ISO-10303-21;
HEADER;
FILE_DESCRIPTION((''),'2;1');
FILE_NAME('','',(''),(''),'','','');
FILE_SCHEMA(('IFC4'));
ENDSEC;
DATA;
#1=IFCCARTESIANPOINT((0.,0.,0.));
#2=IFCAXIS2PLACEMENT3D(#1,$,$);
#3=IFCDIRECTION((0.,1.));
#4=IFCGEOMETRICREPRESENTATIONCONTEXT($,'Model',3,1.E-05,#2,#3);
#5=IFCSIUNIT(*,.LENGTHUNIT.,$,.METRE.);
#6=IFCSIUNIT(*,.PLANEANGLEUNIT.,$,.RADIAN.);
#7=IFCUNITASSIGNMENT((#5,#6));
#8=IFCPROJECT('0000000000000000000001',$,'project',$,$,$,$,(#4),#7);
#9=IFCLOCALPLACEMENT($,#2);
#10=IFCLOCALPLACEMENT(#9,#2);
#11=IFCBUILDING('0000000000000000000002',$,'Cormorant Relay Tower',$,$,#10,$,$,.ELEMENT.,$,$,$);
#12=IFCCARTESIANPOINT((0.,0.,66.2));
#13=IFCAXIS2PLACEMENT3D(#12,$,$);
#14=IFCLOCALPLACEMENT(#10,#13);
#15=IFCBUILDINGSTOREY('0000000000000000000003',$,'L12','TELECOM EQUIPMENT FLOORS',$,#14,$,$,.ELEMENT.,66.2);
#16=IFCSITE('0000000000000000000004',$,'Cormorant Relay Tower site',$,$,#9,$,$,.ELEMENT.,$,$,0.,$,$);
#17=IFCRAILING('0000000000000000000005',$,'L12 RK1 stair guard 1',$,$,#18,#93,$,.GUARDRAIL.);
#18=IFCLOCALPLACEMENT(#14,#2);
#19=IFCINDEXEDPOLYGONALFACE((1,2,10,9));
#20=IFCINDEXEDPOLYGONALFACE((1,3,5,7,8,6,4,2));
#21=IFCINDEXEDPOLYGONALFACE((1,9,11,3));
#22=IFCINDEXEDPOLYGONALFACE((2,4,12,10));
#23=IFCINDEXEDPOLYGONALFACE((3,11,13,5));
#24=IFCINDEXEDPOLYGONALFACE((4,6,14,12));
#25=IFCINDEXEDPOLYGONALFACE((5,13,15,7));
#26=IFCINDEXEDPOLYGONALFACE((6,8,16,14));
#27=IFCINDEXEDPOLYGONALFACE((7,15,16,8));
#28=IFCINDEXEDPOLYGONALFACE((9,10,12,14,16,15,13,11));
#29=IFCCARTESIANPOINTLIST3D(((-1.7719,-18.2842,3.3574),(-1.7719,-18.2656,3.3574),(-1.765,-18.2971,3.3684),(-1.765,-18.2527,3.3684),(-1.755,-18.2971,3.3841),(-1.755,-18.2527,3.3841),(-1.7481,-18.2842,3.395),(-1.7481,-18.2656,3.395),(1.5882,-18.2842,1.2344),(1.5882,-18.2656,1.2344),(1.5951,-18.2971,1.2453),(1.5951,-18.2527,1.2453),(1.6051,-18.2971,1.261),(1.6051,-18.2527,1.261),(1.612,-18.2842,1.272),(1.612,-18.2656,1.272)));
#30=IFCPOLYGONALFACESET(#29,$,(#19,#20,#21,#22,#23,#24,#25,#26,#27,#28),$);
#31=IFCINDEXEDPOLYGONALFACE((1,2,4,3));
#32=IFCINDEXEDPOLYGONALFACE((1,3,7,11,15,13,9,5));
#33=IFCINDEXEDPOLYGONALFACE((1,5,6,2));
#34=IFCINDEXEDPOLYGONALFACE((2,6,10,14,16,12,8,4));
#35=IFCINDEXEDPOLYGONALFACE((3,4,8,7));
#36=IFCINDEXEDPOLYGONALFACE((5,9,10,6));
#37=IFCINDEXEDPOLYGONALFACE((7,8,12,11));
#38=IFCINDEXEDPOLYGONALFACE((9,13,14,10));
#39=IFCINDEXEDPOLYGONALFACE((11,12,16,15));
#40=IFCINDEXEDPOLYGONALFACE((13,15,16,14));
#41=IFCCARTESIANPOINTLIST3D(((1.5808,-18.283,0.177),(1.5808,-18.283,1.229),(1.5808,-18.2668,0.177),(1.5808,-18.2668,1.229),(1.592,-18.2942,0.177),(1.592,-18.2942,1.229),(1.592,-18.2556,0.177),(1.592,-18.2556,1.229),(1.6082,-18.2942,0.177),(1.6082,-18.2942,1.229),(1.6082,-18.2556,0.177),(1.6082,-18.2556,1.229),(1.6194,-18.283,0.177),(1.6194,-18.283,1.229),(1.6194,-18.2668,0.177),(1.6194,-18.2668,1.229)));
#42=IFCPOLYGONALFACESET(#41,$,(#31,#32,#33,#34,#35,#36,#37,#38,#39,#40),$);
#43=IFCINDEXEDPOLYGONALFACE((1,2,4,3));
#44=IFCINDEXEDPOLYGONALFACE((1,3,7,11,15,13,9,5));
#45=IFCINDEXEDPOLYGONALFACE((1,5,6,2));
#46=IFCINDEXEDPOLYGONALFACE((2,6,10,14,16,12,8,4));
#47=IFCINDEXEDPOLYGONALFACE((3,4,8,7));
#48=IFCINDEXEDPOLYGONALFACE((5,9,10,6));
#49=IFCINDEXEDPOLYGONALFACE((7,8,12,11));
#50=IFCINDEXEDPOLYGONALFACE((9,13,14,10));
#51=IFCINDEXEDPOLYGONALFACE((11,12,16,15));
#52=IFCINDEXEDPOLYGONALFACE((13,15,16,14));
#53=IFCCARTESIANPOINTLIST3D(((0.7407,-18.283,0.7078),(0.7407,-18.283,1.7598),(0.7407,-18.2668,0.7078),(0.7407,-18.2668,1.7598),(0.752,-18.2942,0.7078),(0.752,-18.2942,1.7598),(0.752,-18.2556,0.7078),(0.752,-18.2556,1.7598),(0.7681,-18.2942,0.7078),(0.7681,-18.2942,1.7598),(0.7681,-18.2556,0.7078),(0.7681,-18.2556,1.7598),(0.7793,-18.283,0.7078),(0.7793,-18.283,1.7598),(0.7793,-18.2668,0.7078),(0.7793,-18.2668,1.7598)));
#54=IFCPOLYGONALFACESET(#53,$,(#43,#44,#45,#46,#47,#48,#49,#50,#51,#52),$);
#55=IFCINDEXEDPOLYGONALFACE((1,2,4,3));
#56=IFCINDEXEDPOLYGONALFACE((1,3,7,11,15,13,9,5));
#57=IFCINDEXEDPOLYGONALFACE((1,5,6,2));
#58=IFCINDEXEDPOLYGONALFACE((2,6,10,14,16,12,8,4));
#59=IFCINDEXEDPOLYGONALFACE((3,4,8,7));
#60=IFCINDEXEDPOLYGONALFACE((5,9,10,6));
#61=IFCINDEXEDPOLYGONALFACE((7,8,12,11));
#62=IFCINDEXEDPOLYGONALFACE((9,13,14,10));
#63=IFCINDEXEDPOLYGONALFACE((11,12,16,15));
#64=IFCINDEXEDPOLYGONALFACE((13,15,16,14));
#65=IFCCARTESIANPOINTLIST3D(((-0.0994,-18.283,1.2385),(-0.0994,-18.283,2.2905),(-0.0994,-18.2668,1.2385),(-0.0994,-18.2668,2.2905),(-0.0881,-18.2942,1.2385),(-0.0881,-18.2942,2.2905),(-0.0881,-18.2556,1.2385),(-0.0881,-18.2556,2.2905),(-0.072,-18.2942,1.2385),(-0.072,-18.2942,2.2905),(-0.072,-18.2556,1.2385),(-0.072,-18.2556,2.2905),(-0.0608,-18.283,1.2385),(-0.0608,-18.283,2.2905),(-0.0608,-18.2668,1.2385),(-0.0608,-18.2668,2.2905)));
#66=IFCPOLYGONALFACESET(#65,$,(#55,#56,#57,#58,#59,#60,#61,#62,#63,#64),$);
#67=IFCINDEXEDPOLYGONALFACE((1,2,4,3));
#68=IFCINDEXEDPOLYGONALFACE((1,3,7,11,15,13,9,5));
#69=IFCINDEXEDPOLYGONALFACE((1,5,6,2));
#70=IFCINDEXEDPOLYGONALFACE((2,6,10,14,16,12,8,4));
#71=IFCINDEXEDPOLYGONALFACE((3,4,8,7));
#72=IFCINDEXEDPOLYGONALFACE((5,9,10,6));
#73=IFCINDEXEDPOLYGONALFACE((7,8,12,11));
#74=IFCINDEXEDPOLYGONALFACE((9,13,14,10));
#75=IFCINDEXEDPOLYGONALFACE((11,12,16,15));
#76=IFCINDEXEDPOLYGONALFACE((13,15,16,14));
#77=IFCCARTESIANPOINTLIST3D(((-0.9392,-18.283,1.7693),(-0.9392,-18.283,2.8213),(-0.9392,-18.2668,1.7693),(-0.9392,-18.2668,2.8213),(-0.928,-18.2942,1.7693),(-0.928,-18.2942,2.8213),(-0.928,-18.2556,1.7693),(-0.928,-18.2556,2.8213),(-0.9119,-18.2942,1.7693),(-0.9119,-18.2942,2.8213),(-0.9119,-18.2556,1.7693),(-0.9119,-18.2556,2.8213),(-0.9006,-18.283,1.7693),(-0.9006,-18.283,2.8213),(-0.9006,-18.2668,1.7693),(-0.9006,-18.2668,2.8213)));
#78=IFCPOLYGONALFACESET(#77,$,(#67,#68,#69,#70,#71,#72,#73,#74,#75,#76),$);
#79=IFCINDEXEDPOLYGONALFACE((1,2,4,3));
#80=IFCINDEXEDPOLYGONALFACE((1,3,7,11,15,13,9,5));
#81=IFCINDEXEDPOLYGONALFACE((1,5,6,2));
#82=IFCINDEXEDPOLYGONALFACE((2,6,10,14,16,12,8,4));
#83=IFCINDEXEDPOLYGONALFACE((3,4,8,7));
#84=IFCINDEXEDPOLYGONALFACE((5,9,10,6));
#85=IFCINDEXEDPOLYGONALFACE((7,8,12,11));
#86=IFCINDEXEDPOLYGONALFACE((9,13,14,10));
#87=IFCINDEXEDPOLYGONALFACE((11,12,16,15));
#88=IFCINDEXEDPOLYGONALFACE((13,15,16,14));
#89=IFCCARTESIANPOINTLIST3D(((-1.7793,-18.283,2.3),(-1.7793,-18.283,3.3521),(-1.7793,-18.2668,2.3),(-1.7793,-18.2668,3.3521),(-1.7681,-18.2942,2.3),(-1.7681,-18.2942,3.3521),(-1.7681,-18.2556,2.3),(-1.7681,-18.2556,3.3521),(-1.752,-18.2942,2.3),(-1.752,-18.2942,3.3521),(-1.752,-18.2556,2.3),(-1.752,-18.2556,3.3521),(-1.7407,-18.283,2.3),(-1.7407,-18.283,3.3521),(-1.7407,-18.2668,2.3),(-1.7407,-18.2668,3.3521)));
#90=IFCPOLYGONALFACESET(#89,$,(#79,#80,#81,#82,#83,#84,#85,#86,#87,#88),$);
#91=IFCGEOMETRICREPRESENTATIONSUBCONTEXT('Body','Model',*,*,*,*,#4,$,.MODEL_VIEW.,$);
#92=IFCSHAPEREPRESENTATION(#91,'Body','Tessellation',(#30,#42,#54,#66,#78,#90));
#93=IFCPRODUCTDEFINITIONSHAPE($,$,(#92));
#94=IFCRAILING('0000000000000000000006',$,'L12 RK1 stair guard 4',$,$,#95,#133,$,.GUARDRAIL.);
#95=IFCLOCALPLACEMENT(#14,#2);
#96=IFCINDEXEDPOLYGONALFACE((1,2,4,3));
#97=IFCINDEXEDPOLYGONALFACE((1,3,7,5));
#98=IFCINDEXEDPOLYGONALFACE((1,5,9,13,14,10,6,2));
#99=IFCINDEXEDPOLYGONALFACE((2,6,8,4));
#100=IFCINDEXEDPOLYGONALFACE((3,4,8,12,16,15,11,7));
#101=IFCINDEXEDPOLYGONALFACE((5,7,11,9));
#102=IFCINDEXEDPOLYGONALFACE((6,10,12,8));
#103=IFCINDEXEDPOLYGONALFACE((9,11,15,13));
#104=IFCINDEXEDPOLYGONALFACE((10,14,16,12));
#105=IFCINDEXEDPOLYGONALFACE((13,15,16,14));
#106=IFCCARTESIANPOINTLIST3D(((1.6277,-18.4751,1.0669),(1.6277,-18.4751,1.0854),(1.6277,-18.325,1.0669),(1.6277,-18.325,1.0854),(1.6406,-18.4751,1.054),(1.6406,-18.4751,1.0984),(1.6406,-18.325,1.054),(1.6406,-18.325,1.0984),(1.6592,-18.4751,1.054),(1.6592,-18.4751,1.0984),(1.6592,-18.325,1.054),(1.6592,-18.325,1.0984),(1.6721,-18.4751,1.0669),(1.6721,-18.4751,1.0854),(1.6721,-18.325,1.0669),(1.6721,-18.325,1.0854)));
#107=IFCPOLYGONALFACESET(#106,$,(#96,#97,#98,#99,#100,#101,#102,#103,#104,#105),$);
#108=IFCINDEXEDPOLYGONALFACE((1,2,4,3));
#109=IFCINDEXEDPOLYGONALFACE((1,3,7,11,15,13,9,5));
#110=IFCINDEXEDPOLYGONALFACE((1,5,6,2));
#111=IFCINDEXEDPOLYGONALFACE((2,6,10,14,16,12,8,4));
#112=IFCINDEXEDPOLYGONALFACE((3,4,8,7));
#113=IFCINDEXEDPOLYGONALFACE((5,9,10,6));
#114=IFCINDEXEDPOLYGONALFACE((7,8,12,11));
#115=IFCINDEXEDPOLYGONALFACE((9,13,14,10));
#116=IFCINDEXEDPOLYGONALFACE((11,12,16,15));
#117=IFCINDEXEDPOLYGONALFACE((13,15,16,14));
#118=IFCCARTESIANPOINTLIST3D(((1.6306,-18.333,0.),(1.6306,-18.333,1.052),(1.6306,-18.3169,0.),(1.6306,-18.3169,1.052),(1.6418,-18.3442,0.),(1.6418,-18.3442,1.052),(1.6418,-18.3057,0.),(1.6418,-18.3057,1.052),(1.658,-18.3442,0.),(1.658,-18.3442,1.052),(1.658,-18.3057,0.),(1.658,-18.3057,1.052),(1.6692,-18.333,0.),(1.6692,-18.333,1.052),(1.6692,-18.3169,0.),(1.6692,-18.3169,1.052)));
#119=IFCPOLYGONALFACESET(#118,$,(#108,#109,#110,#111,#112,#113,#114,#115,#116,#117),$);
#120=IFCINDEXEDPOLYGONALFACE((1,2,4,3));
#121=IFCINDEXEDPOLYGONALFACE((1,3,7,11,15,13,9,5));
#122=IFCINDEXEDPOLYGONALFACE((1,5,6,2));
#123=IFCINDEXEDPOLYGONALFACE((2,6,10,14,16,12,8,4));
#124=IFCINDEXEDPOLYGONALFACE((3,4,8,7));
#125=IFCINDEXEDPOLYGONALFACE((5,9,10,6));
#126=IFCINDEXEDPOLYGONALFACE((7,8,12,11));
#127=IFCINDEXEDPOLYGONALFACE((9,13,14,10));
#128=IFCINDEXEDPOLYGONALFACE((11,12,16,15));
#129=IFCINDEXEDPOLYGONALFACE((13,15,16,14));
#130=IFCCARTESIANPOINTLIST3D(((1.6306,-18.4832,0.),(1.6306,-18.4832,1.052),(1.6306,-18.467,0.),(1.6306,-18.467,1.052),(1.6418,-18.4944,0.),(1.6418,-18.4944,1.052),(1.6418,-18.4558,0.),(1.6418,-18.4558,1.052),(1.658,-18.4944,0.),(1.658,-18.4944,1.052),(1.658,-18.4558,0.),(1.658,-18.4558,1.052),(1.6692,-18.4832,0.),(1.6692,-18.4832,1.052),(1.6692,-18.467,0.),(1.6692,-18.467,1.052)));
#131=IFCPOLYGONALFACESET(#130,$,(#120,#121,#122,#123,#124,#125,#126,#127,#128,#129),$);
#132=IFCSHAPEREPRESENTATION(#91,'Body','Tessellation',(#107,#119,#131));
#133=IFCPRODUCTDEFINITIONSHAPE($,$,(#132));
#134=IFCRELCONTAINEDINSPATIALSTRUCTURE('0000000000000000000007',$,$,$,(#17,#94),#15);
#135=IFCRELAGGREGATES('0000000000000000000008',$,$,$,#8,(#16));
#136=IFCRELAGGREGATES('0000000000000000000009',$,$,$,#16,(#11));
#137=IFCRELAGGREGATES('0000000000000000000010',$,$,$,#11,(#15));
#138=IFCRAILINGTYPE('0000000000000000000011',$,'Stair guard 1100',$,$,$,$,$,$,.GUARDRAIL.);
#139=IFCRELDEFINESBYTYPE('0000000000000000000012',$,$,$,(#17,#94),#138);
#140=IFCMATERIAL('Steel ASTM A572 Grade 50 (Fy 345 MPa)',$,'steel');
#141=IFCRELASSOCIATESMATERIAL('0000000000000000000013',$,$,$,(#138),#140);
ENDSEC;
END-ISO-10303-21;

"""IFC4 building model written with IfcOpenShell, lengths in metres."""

from ifc_helpers import new_model, si_unit, direction, frame, origin, place, context, subcontext, project, spatial, polyline, outline, extrude, material, type_object, element, save


model = new_model("IFC4")

# Units and contexts
model_context = context("Model", 3, precision=1e-05, world=origin(), true_north=direction((0.0, 1.0)))
body_context = subcontext(model_context, "Body", "Model", "MODEL_VIEW")
ifc_project = project(units=[si_unit("LENGTHUNIT", "METRE"), si_unit("PLANEANGLEUNIT", "RADIAN")], contexts=[model_context])

# Site, building, storey
site_placement = place(None, origin())
site = spatial("IfcSite", under=ifc_project, at=site_placement, Name="Cormorant Relay Tower site", CompositionType="ELEMENT", RefElevation=0.0)
building_placement = place(site_placement, origin())
building = spatial("IfcBuilding", under=site, at=building_placement, Name="Cormorant Relay Tower", CompositionType="ELEMENT")
storey_placement = place(building_placement, frame((0.0, 0.0, 66.2)))
storey = spatial("IfcBuildingStorey", under=building, at=storey_placement, Name="L12", Description="TELECOM EQUIPMENT FLOORS", CompositionType="ELEMENT", Elevation=66.2)

# Railings
ifc_material_1 = material(Name="Steel ASTM A572 Grade 50 (Fy 345 MPa)", Category="steel")
railing_type_1 = type_object("IfcRailingType", Name="Stair guard 1100", PredefinedType="GUARDRAIL", material=ifc_material_1)
railing_1_placement = place(storey_placement, frame((1.6001, -18.2749, 0.177)))
element("IfcRailing", 1, at=railing_1_placement, inside=storey, type_object=railing_type_1, Name="L12 RK1 stair guard 1", PredefinedType="GUARDRAIL", context=body_context, shape_type="SweptSolid", body=[
    extrude(outline(polyline([(0.0222, 0.0093), (0.0093, 0.0222), (-0.0093, 0.0222), (-0.0222, 0.0093), (-0.0222, -0.0093), (-0.0093, -0.0222), (0.0093, -0.0222), (0.0222, -0.0093), (0.0222, 0.0093)])), frame((0.0, 0.0, 1.0762), z_axis=(-0.84539, 0.0, 0.53415), x_axis=(0.0, -1.0, 0.0)), (0.0, 0.0, 1.0), 3.9746),
    extrude(outline(polyline([(0.0193, 0.0081), (0.0081, 0.0193), (-0.0081, 0.0193), (-0.0193, 0.0081), (-0.0193, -0.0081), (-0.0081, -0.0193), (0.0081, -0.0193), (0.0193, -0.0081), (0.0193, 0.0081)])), origin(), (0.0, 0.0, 1.0), 1.052),
    extrude(outline(polyline([(0.0193, 0.0081), (0.0081, 0.0193), (-0.0081, 0.0193), (-0.0193, 0.0081), (-0.0193, -0.0081), (-0.0081, -0.0193), (0.0081, -0.0193), (0.0193, -0.0081), (0.0193, 0.0081)])), frame((-0.8401, 0.0, 0.5308)), (0.0, 0.0, 1.0), 1.052),
    extrude(outline(polyline([(0.0193, 0.0081), (0.0081, 0.0193), (-0.0081, 0.0193), (-0.0193, 0.0081), (-0.0193, -0.0081), (-0.0081, -0.0193), (0.0081, -0.0193), (0.0193, -0.0081), (0.0193, 0.0081)])), frame((-1.6802, 0.0, 1.0615)), (0.0, 0.0, 1.0), 1.052),
    extrude(outline(polyline([(0.0193, 0.0081), (0.0081, 0.0193), (-0.0081, 0.0193), (-0.0193, 0.0081), (-0.0193, -0.0081), (-0.0081, -0.0193), (0.0081, -0.0193), (0.0193, -0.0081), (0.0193, 0.0081)])), frame((-2.52, 0.0, 1.5923)), (0.0, 0.0, 1.0), 1.052),
    extrude(outline(polyline([(0.0193, 0.0081), (0.0081, 0.0193), (-0.0081, 0.0193), (-0.0193, 0.0081), (-0.0193, -0.0081), (-0.0081, -0.0193), (0.0081, -0.0193), (0.0193, -0.0081), (0.0193, 0.0081)])), frame((-3.3601, 0.0, 2.123)), (0.0, 0.0, 1.0), 1.052),
])
railing_2_placement = place(storey_placement, frame((1.6499, -18.325, 0.0)))
element("IfcRailing", 2, at=railing_2_placement, inside=storey, type_object=railing_type_1, Name="L12 RK1 stair guard 4", PredefinedType="GUARDRAIL", context=body_context, shape_type="SweptSolid", body=[
    extrude(outline(polyline([(0.0222, 0.0093), (0.0093, 0.0222), (-0.0093, 0.0222), (-0.0222, 0.0093), (-0.0222, -0.0093), (-0.0093, -0.0222), (0.0093, -0.0222), (0.0222, -0.0093), (0.0222, 0.0093)])), frame((0.0, 0.0, 1.0762), z_axis=(0.0, -1.0, 0.0), x_axis=(1.0, 0.0, 0.0)), (0.0, 0.0, 1.0), 0.1501),
    extrude(outline(polyline([(0.0193, 0.0081), (0.0081, 0.0193), (-0.0081, 0.0193), (-0.0193, 0.0081), (-0.0193, -0.0081), (-0.0081, -0.0193), (0.0081, -0.0193), (0.0193, -0.0081), (0.0193, 0.0081)])), origin(), (0.0, 0.0, 1.0), 1.052),
    extrude(outline(polyline([(0.0193, 0.0081), (0.0081, 0.0193), (-0.0081, 0.0193), (-0.0193, 0.0081), (-0.0193, -0.0081), (-0.0081, -0.0193), (0.0081, -0.0193), (0.0193, -0.0081), (0.0193, 0.0081)])), frame((0.0, -0.1501, 0.0)), (0.0, 0.0, 1.0), 1.052),
])

save(model, "model.ifc")
